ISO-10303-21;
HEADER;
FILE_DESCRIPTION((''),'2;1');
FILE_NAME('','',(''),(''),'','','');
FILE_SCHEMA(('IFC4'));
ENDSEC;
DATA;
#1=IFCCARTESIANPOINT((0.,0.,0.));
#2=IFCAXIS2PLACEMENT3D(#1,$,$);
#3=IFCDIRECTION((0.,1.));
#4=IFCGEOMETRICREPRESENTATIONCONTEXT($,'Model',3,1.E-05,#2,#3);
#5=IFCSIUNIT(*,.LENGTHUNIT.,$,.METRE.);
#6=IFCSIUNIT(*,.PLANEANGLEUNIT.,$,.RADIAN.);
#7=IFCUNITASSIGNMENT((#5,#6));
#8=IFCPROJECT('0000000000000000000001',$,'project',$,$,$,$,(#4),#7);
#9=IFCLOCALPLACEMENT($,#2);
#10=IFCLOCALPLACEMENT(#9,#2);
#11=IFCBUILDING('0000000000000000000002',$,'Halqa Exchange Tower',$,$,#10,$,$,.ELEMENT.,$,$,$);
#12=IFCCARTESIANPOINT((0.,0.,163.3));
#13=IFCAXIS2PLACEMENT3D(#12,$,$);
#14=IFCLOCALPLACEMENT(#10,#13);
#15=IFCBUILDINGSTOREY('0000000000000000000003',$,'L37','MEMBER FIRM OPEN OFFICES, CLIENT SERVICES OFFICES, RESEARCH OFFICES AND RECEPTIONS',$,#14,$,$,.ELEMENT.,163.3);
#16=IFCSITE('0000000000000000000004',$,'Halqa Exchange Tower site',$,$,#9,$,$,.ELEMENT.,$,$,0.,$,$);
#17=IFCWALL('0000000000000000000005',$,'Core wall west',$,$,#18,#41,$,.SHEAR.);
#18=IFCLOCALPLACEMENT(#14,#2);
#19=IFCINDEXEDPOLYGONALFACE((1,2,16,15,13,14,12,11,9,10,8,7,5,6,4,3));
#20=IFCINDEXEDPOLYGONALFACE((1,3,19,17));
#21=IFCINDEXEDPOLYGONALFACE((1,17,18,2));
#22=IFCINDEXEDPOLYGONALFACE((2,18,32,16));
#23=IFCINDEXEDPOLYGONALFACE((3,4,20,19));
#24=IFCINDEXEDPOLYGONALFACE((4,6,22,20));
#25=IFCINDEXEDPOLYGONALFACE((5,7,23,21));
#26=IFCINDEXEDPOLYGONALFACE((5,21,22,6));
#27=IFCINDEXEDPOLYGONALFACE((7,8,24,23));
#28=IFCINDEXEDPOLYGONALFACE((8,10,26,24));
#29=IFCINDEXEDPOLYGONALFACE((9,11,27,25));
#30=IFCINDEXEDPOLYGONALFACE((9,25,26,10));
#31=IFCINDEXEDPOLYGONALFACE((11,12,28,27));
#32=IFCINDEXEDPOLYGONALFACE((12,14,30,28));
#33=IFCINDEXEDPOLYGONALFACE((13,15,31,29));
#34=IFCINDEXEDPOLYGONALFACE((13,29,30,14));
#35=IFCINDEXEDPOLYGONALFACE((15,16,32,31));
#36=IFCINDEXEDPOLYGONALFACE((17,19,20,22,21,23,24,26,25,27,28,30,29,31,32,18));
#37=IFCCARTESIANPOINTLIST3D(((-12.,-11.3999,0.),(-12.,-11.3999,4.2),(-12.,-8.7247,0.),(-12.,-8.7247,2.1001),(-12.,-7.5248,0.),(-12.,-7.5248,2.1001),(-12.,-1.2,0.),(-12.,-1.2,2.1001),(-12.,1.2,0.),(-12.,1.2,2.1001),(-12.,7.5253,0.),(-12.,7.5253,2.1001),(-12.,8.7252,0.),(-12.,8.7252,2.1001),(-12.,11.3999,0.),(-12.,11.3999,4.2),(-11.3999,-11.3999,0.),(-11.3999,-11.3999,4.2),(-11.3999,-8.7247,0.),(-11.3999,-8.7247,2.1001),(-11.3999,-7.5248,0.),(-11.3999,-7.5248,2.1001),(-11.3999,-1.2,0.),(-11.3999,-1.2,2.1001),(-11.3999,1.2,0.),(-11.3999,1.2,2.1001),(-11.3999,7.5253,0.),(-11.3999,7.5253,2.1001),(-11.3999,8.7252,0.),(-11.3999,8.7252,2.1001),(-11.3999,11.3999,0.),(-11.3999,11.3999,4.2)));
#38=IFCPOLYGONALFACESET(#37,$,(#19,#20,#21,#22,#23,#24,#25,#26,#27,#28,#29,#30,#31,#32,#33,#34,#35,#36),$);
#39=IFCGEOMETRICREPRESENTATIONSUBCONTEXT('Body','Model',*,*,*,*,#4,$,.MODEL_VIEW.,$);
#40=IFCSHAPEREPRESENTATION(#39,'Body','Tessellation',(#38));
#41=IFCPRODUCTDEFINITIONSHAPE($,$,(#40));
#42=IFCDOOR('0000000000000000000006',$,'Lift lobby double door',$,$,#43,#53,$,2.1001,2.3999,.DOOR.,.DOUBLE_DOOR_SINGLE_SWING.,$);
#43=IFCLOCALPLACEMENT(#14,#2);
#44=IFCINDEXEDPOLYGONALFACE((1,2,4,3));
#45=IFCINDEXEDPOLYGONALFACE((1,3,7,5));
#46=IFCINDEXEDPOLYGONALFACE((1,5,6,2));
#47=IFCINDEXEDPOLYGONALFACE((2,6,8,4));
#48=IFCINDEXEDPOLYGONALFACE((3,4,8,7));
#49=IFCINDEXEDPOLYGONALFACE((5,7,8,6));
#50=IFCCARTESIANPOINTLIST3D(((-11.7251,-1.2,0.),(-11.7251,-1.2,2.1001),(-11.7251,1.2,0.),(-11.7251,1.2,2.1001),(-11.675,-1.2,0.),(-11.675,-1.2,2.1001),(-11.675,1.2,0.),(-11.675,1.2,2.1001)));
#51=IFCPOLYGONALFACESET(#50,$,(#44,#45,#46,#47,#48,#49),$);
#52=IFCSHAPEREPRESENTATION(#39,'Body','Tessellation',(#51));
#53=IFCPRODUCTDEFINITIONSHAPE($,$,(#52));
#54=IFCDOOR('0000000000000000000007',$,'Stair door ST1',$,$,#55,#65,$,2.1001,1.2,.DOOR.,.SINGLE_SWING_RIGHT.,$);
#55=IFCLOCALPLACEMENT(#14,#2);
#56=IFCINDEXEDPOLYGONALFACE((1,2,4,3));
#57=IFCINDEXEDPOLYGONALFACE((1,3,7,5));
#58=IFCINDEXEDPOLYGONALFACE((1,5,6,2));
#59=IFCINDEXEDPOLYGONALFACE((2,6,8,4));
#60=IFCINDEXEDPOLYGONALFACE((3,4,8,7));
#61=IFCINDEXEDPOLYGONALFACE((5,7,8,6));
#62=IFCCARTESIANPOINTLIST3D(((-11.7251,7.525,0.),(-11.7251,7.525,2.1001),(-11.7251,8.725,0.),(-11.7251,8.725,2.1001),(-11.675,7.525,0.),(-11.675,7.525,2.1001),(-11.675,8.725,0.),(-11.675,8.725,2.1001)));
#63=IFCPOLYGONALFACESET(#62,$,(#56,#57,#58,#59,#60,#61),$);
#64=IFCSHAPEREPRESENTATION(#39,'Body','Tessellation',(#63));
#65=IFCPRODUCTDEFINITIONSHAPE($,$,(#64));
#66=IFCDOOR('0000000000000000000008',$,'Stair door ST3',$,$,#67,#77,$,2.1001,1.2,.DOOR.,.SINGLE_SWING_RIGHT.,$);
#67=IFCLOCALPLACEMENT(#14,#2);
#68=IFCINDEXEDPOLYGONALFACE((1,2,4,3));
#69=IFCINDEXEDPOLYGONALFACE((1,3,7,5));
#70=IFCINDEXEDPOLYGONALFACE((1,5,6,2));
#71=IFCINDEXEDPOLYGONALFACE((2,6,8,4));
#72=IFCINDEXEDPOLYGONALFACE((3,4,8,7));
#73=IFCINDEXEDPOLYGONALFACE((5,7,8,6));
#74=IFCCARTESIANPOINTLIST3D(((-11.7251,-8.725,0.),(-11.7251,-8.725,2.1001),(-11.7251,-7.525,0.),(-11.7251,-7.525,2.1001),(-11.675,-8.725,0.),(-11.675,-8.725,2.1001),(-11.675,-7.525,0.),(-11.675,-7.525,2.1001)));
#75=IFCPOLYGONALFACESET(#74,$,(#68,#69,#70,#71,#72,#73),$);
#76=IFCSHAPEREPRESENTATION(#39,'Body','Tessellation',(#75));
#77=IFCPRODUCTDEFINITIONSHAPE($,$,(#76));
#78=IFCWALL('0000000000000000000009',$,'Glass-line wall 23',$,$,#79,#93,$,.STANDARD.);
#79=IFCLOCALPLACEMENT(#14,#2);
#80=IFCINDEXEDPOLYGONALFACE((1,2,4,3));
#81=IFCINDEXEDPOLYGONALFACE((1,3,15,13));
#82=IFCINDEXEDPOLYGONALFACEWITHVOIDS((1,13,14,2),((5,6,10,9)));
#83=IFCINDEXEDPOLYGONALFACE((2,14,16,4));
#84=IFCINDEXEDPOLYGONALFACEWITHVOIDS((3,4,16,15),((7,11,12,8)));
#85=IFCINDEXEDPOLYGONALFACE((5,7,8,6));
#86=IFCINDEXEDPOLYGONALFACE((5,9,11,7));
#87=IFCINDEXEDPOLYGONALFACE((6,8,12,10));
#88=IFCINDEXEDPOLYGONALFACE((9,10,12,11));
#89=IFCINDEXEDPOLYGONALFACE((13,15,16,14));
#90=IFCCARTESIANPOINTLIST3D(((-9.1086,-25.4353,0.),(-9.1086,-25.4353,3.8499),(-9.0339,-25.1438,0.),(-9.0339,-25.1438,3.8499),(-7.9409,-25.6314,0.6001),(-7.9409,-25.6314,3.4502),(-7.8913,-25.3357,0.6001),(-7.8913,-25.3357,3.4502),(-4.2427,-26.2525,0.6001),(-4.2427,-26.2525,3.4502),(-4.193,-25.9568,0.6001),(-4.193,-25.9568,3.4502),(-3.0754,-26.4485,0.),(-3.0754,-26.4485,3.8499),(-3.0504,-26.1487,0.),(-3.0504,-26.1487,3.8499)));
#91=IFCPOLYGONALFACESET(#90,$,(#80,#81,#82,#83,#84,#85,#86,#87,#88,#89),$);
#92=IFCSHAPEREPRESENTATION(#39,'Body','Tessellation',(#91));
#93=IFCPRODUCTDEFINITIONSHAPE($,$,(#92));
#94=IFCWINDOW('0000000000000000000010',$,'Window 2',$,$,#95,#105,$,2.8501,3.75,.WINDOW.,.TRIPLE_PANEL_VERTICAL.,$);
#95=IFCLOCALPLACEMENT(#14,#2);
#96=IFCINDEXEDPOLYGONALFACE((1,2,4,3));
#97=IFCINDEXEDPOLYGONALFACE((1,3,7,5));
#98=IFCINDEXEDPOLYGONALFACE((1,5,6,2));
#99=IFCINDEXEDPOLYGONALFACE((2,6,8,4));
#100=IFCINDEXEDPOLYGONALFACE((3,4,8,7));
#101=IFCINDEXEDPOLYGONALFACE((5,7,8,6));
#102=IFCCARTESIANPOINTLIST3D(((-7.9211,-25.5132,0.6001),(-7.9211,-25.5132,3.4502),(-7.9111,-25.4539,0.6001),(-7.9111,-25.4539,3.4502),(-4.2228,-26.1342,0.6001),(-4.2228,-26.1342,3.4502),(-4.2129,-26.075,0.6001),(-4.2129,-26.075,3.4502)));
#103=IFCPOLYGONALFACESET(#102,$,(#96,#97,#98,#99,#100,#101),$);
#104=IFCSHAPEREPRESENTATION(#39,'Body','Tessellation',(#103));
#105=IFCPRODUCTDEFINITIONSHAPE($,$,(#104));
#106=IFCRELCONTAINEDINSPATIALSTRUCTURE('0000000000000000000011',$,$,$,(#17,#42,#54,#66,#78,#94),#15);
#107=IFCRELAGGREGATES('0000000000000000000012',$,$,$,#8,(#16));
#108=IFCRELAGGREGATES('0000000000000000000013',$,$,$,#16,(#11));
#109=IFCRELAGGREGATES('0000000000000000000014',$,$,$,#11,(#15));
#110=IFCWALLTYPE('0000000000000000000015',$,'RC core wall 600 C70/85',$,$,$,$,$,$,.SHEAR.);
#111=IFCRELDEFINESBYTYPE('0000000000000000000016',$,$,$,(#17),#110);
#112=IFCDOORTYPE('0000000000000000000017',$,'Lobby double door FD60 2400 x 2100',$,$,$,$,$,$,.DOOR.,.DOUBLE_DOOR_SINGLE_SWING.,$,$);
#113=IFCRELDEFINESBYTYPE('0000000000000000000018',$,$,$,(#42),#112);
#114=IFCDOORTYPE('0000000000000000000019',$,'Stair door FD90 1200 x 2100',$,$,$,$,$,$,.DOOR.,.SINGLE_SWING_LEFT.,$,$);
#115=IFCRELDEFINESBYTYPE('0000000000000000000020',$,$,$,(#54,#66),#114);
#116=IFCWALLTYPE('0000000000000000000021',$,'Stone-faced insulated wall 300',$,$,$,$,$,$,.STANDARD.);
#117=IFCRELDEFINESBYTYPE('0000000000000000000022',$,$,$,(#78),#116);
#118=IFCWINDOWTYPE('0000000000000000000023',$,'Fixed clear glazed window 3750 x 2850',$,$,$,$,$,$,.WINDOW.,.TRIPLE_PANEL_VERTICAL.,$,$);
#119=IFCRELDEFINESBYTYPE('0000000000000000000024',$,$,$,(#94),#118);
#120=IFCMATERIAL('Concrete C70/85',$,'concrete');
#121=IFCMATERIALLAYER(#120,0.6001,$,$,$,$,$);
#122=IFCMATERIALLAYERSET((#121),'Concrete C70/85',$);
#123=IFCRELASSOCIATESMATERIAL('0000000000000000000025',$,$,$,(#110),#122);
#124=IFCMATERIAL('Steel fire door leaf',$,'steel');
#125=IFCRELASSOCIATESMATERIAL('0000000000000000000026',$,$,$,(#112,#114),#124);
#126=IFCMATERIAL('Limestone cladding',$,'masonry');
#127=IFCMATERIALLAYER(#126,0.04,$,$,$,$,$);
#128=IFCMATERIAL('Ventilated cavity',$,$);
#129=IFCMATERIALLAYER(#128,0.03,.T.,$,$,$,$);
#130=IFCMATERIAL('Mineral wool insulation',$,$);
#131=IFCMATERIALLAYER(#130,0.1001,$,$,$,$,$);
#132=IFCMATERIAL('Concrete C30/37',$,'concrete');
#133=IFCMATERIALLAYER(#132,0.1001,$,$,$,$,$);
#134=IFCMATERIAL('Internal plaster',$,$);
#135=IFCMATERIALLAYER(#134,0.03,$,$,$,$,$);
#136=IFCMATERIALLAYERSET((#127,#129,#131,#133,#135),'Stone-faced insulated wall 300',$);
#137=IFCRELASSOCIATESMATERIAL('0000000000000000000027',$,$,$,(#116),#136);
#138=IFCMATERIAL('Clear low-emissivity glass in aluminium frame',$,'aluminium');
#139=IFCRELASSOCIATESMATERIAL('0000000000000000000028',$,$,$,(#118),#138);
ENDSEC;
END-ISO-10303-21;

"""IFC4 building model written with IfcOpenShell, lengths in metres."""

from ifc_helpers import new_model, si_unit, direction, frame, frame_2d, origin, place, context, subcontext, project, spatial, polyline, rectangle, outline, extrude, material, layer, layer_set, type_object, element, fill, save


model = new_model("IFC4")

# Units and contexts
model_context = context("Model", 3, precision=1e-05, world=origin(), true_north=direction((0.0, 1.0)))
body_context = subcontext(model_context, "Body", "Model", "MODEL_VIEW")
ifc_project = project(units=[si_unit("LENGTHUNIT", "METRE"), si_unit("PLANEANGLEUNIT", "RADIAN")], contexts=[model_context])

# Site, building, storey
site_placement = place(None, origin())
site = spatial("IfcSite", under=ifc_project, at=site_placement, Name="Halqa Exchange Tower site", CompositionType="ELEMENT", RefElevation=0.0)
building_placement = place(site_placement, origin())
building = spatial("IfcBuilding", under=site, at=building_placement, Name="Halqa Exchange Tower", CompositionType="ELEMENT")
storey_placement = place(building_placement, frame((0.0, 0.0, 163.3)))
storey = spatial("IfcBuildingStorey", under=building, at=storey_placement, Name="L37", Description="MEMBER FIRM OPEN OFFICES, CLIENT SERVICES OFFICES, RESEARCH OFFICES AND RECEPTIONS", CompositionType="ELEMENT", Elevation=163.3)

# Shared definitions
ifc_material_1 = material(Name="Concrete C70/85", Category="concrete")

# Wall, openings, doors
ifc_layer_1 = layer(ifc_material_1, 0.6001)
ifc_layer_set_1 = layer_set([ifc_layer_1], Name="Concrete C70/85")
wall_type_1 = type_object("IfcWallType", Name="RC core wall 600 C70/85", PredefinedType="SHEAR", material=ifc_layer_set_1)
wall_1_placement = place(storey_placement, frame((-11.7, -11.3999, 0.0), z_axis=(0.0, 0.0, 1.0), x_axis=(0.0, 1.0, 0.0)))
wall_1 = element("IfcWall", 1, at=wall_1_placement, inside=storey, type_object=wall_type_1, Name="Core wall west", PredefinedType="SHEAR", context=body_context, shape_type="SweptSolid", body=[
    extrude(rectangle(XDim=22.7998, YDim=0.6001, at=frame_2d((11.3999, 0.0))), origin(), (0.0, 0.0, 1.0), 4.2),
])
opening_1_placement = place(wall_1_placement, frame((10.2, 0.0, 0.0)))
opening_1 = element("IfcOpeningElement", 2, at=opening_1_placement, cuts=wall_1, PredefinedType="OPENING", context=body_context, shape_type="SweptSolid", body=[
    extrude(rectangle(XDim=2.3999, YDim=2.1001, at=frame_2d((1.2, 1.05))), frame((0.0, 0.312, 0.0), z_axis=(0.0, -1.0, 0.0), x_axis=(1.0, 0.0, 0.0)), (0.0, 0.0, 1.0), 0.624),
])
opening_2_placement = place(wall_1_placement, frame((18.925, 0.0, 0.0)))
opening_2 = element("IfcOpeningElement", 3, at=opening_2_placement, cuts=wall_1, PredefinedType="OPENING", context=body_context, shape_type="SweptSolid", body=[
    extrude(rectangle(XDim=1.2, YDim=2.1001, at=frame_2d((0.6001, 1.05))), frame((0.0, 0.312, 0.0), z_axis=(0.0, -1.0, 0.0), x_axis=(1.0, 0.0, 0.0)), (0.0, 0.0, 1.0), 0.624),
])
opening_3_placement = place(wall_1_placement, frame((2.675, 0.0, 0.0)))
opening_3 = element("IfcOpeningElement", 4, at=opening_3_placement, cuts=wall_1, PredefinedType="OPENING", context=body_context, shape_type="SweptSolid", body=[
    extrude(rectangle(XDim=1.2, YDim=2.1001, at=frame_2d((0.6001, 1.05))), frame((0.0, 0.312, 0.0), z_axis=(0.0, -1.0, 0.0), x_axis=(1.0, 0.0, 0.0)), (0.0, 0.0, 1.0), 0.624),
])
ifc_material_2 = material(Name="Steel fire door leaf", Category="steel")
door_type_1 = type_object("IfcDoorType", Name="Lobby double door FD60 2400 x 2100", OperationType="DOUBLE_DOOR_SINGLE_SWING", PredefinedType="DOOR", material=ifc_material_2)
door_1_placement = place(opening_1_placement, frame((2.3999, 0.0, 0.0), z_axis=(0.0, 0.0, 1.0), x_axis=(-1.0, 0.0, 0.0)))
door_1 = element("IfcDoor", 5, at=door_1_placement, inside=storey, type_object=door_type_1, Name="Lift lobby double door", OperationType="DOUBLE_DOOR_SINGLE_SWING", OverallHeight=2.1001, OverallWidth=2.3999, PredefinedType="DOOR", context=body_context, shape_type="SweptSolid", body=[
    extrude(rectangle(XDim=2.3999, YDim=2.1001, at=frame_2d((1.2, 1.05))), frame((0.0, 0.0249, 0.0), z_axis=(0.0, -1.0, 0.0), x_axis=(1.0, 0.0, 0.0)), (0.0, 0.0, 1.0), 0.05),
])
fill(opening_1, door_1)
door_type_2 = type_object("IfcDoorType", Name="Stair door FD90 1200 x 2100", OperationType="SINGLE_SWING_LEFT", PredefinedType="DOOR", material=ifc_material_2)
door_2_placement = place(opening_2_placement, frame((1.2, 0.0, 0.0), z_axis=(0.0, 0.0, 1.0), x_axis=(-1.0, 0.0, 0.0)))
door_2 = element("IfcDoor", 6, at=door_2_placement, inside=storey, type_object=door_type_2, Name="Stair door ST1", OperationType="SINGLE_SWING_RIGHT", OverallHeight=2.1001, OverallWidth=1.2, PredefinedType="DOOR", context=body_context, shape_type="SweptSolid", body=[
    extrude(rectangle(XDim=1.2, YDim=2.1001, at=frame_2d((0.6001, 1.05))), frame((0.0, 0.0249, 0.0), z_axis=(0.0, -1.0, 0.0), x_axis=(1.0, 0.0, 0.0)), (0.0, 0.0, 1.0), 0.05),
])
fill(opening_2, door_2)
door_3_placement = place(opening_3_placement, frame((1.2, 0.0, 0.0), z_axis=(0.0, 0.0, 1.0), x_axis=(-1.0, 0.0, 0.0)))
door_3 = element("IfcDoor", 7, at=door_3_placement, inside=storey, type_object=door_type_2, Name="Stair door ST3", OperationType="SINGLE_SWING_RIGHT", OverallHeight=2.1001, OverallWidth=1.2, PredefinedType="DOOR", context=body_context, shape_type="SweptSolid", body=[
    extrude(rectangle(XDim=1.2, YDim=2.1001, at=frame_2d((0.6001, 1.05))), frame((0.0, 0.0249, 0.0), z_axis=(0.0, -1.0, 0.0), x_axis=(1.0, 0.0, 0.0)), (0.0, 0.0, 1.0), 0.05),
])
fill(opening_3, door_3)

# Wall, opening, window
ifc_material_3 = material(Name="Limestone cladding", Category="masonry")
ifc_layer_2 = layer(ifc_material_3, 0.04)
ifc_material_4 = material(Name="Ventilated cavity")
ifc_layer_3 = layer(ifc_material_4, 0.03, ventilated=True)
ifc_material_5 = material(Name="Mineral wool insulation")
ifc_layer_4 = layer(ifc_material_5, 0.1001)
ifc_material_6 = material(Name="Concrete C30/37", Category="concrete")
ifc_layer_5 = layer(ifc_material_6, 0.1001)
ifc_material_7 = material(Name="Internal plaster")
ifc_layer_6 = layer(ifc_material_7, 0.03)
ifc_layer_set_2 = layer_set([ifc_layer_2, ifc_layer_3, ifc_layer_4, ifc_layer_5, ifc_layer_6], Name="Stone-faced insulated wall 300")
wall_type_2 = type_object("IfcWallType", Name="Stone-faced insulated wall 300", PredefinedType="STANDARD", material=ifc_layer_set_2)
wall_2_placement = place(storey_placement, frame((-9.0713, -25.2896, 0.0), z_axis=(0.0, 0.0, 1.0), x_axis=(0.98619, -0.165621, 0.0)))
wall_2 = element("IfcWall", 8, at=wall_2_placement, inside=storey, type_object=wall_type_2, Name="Glass-line wall 23", PredefinedType="STANDARD", context=body_context, shape_type="SweptSolid", body=[
    extrude(outline(polyline([(-0.0127, -0.1499), (6.105, -0.1499), (6.0801, 0.1499), (0.0127, 0.1499), (-0.0127, -0.1499)])), origin(), (0.0, 0.0, 1.0), 3.8499),
])
opening_4_placement = place(wall_2_placement, frame((1.1714, 0.0, 0.6001)))
opening_4 = element("IfcOpeningElement", 9, at=opening_4_placement, cuts=wall_2, PredefinedType="OPENING", context=body_context, shape_type="SweptSolid", body=[
    extrude(rectangle(XDim=3.75, YDim=2.8501, at=frame_2d((1.875, 1.425))), frame((0.0, 0.1621, 0.0), z_axis=(0.0, -1.0, 0.0), x_axis=(1.0, 0.0, 0.0)), (0.0, 0.0, 1.0), 0.324),
])
ifc_material_8 = material(Name="Clear low-emissivity glass in aluminium frame", Category="aluminium")
window_type = type_object("IfcWindowType", Name="Fixed clear glazed window 3750 x 2850", PartitioningType="TRIPLE_PANEL_VERTICAL", PredefinedType="WINDOW", material=ifc_material_8)
window_placement = place(opening_4_placement, origin())
window = element("IfcWindow", 10, at=window_placement, inside=storey, type_object=window_type, Name="Window 2", OverallHeight=2.8501, OverallWidth=3.75, PartitioningType="TRIPLE_PANEL_VERTICAL", PredefinedType="WINDOW", context=body_context, shape_type="SweptSolid", body=[
    extrude(rectangle(XDim=3.75, YDim=2.8501, at=frame_2d((1.875, 1.425))), frame((0.0, 0.03, 0.0), z_axis=(0.0, -1.0, 0.0), x_axis=(1.0, 0.0, 0.0)), (0.0, 0.0, 1.0), 0.0601),
])
fill(opening_4, window)

save(model, "model.ifc")
